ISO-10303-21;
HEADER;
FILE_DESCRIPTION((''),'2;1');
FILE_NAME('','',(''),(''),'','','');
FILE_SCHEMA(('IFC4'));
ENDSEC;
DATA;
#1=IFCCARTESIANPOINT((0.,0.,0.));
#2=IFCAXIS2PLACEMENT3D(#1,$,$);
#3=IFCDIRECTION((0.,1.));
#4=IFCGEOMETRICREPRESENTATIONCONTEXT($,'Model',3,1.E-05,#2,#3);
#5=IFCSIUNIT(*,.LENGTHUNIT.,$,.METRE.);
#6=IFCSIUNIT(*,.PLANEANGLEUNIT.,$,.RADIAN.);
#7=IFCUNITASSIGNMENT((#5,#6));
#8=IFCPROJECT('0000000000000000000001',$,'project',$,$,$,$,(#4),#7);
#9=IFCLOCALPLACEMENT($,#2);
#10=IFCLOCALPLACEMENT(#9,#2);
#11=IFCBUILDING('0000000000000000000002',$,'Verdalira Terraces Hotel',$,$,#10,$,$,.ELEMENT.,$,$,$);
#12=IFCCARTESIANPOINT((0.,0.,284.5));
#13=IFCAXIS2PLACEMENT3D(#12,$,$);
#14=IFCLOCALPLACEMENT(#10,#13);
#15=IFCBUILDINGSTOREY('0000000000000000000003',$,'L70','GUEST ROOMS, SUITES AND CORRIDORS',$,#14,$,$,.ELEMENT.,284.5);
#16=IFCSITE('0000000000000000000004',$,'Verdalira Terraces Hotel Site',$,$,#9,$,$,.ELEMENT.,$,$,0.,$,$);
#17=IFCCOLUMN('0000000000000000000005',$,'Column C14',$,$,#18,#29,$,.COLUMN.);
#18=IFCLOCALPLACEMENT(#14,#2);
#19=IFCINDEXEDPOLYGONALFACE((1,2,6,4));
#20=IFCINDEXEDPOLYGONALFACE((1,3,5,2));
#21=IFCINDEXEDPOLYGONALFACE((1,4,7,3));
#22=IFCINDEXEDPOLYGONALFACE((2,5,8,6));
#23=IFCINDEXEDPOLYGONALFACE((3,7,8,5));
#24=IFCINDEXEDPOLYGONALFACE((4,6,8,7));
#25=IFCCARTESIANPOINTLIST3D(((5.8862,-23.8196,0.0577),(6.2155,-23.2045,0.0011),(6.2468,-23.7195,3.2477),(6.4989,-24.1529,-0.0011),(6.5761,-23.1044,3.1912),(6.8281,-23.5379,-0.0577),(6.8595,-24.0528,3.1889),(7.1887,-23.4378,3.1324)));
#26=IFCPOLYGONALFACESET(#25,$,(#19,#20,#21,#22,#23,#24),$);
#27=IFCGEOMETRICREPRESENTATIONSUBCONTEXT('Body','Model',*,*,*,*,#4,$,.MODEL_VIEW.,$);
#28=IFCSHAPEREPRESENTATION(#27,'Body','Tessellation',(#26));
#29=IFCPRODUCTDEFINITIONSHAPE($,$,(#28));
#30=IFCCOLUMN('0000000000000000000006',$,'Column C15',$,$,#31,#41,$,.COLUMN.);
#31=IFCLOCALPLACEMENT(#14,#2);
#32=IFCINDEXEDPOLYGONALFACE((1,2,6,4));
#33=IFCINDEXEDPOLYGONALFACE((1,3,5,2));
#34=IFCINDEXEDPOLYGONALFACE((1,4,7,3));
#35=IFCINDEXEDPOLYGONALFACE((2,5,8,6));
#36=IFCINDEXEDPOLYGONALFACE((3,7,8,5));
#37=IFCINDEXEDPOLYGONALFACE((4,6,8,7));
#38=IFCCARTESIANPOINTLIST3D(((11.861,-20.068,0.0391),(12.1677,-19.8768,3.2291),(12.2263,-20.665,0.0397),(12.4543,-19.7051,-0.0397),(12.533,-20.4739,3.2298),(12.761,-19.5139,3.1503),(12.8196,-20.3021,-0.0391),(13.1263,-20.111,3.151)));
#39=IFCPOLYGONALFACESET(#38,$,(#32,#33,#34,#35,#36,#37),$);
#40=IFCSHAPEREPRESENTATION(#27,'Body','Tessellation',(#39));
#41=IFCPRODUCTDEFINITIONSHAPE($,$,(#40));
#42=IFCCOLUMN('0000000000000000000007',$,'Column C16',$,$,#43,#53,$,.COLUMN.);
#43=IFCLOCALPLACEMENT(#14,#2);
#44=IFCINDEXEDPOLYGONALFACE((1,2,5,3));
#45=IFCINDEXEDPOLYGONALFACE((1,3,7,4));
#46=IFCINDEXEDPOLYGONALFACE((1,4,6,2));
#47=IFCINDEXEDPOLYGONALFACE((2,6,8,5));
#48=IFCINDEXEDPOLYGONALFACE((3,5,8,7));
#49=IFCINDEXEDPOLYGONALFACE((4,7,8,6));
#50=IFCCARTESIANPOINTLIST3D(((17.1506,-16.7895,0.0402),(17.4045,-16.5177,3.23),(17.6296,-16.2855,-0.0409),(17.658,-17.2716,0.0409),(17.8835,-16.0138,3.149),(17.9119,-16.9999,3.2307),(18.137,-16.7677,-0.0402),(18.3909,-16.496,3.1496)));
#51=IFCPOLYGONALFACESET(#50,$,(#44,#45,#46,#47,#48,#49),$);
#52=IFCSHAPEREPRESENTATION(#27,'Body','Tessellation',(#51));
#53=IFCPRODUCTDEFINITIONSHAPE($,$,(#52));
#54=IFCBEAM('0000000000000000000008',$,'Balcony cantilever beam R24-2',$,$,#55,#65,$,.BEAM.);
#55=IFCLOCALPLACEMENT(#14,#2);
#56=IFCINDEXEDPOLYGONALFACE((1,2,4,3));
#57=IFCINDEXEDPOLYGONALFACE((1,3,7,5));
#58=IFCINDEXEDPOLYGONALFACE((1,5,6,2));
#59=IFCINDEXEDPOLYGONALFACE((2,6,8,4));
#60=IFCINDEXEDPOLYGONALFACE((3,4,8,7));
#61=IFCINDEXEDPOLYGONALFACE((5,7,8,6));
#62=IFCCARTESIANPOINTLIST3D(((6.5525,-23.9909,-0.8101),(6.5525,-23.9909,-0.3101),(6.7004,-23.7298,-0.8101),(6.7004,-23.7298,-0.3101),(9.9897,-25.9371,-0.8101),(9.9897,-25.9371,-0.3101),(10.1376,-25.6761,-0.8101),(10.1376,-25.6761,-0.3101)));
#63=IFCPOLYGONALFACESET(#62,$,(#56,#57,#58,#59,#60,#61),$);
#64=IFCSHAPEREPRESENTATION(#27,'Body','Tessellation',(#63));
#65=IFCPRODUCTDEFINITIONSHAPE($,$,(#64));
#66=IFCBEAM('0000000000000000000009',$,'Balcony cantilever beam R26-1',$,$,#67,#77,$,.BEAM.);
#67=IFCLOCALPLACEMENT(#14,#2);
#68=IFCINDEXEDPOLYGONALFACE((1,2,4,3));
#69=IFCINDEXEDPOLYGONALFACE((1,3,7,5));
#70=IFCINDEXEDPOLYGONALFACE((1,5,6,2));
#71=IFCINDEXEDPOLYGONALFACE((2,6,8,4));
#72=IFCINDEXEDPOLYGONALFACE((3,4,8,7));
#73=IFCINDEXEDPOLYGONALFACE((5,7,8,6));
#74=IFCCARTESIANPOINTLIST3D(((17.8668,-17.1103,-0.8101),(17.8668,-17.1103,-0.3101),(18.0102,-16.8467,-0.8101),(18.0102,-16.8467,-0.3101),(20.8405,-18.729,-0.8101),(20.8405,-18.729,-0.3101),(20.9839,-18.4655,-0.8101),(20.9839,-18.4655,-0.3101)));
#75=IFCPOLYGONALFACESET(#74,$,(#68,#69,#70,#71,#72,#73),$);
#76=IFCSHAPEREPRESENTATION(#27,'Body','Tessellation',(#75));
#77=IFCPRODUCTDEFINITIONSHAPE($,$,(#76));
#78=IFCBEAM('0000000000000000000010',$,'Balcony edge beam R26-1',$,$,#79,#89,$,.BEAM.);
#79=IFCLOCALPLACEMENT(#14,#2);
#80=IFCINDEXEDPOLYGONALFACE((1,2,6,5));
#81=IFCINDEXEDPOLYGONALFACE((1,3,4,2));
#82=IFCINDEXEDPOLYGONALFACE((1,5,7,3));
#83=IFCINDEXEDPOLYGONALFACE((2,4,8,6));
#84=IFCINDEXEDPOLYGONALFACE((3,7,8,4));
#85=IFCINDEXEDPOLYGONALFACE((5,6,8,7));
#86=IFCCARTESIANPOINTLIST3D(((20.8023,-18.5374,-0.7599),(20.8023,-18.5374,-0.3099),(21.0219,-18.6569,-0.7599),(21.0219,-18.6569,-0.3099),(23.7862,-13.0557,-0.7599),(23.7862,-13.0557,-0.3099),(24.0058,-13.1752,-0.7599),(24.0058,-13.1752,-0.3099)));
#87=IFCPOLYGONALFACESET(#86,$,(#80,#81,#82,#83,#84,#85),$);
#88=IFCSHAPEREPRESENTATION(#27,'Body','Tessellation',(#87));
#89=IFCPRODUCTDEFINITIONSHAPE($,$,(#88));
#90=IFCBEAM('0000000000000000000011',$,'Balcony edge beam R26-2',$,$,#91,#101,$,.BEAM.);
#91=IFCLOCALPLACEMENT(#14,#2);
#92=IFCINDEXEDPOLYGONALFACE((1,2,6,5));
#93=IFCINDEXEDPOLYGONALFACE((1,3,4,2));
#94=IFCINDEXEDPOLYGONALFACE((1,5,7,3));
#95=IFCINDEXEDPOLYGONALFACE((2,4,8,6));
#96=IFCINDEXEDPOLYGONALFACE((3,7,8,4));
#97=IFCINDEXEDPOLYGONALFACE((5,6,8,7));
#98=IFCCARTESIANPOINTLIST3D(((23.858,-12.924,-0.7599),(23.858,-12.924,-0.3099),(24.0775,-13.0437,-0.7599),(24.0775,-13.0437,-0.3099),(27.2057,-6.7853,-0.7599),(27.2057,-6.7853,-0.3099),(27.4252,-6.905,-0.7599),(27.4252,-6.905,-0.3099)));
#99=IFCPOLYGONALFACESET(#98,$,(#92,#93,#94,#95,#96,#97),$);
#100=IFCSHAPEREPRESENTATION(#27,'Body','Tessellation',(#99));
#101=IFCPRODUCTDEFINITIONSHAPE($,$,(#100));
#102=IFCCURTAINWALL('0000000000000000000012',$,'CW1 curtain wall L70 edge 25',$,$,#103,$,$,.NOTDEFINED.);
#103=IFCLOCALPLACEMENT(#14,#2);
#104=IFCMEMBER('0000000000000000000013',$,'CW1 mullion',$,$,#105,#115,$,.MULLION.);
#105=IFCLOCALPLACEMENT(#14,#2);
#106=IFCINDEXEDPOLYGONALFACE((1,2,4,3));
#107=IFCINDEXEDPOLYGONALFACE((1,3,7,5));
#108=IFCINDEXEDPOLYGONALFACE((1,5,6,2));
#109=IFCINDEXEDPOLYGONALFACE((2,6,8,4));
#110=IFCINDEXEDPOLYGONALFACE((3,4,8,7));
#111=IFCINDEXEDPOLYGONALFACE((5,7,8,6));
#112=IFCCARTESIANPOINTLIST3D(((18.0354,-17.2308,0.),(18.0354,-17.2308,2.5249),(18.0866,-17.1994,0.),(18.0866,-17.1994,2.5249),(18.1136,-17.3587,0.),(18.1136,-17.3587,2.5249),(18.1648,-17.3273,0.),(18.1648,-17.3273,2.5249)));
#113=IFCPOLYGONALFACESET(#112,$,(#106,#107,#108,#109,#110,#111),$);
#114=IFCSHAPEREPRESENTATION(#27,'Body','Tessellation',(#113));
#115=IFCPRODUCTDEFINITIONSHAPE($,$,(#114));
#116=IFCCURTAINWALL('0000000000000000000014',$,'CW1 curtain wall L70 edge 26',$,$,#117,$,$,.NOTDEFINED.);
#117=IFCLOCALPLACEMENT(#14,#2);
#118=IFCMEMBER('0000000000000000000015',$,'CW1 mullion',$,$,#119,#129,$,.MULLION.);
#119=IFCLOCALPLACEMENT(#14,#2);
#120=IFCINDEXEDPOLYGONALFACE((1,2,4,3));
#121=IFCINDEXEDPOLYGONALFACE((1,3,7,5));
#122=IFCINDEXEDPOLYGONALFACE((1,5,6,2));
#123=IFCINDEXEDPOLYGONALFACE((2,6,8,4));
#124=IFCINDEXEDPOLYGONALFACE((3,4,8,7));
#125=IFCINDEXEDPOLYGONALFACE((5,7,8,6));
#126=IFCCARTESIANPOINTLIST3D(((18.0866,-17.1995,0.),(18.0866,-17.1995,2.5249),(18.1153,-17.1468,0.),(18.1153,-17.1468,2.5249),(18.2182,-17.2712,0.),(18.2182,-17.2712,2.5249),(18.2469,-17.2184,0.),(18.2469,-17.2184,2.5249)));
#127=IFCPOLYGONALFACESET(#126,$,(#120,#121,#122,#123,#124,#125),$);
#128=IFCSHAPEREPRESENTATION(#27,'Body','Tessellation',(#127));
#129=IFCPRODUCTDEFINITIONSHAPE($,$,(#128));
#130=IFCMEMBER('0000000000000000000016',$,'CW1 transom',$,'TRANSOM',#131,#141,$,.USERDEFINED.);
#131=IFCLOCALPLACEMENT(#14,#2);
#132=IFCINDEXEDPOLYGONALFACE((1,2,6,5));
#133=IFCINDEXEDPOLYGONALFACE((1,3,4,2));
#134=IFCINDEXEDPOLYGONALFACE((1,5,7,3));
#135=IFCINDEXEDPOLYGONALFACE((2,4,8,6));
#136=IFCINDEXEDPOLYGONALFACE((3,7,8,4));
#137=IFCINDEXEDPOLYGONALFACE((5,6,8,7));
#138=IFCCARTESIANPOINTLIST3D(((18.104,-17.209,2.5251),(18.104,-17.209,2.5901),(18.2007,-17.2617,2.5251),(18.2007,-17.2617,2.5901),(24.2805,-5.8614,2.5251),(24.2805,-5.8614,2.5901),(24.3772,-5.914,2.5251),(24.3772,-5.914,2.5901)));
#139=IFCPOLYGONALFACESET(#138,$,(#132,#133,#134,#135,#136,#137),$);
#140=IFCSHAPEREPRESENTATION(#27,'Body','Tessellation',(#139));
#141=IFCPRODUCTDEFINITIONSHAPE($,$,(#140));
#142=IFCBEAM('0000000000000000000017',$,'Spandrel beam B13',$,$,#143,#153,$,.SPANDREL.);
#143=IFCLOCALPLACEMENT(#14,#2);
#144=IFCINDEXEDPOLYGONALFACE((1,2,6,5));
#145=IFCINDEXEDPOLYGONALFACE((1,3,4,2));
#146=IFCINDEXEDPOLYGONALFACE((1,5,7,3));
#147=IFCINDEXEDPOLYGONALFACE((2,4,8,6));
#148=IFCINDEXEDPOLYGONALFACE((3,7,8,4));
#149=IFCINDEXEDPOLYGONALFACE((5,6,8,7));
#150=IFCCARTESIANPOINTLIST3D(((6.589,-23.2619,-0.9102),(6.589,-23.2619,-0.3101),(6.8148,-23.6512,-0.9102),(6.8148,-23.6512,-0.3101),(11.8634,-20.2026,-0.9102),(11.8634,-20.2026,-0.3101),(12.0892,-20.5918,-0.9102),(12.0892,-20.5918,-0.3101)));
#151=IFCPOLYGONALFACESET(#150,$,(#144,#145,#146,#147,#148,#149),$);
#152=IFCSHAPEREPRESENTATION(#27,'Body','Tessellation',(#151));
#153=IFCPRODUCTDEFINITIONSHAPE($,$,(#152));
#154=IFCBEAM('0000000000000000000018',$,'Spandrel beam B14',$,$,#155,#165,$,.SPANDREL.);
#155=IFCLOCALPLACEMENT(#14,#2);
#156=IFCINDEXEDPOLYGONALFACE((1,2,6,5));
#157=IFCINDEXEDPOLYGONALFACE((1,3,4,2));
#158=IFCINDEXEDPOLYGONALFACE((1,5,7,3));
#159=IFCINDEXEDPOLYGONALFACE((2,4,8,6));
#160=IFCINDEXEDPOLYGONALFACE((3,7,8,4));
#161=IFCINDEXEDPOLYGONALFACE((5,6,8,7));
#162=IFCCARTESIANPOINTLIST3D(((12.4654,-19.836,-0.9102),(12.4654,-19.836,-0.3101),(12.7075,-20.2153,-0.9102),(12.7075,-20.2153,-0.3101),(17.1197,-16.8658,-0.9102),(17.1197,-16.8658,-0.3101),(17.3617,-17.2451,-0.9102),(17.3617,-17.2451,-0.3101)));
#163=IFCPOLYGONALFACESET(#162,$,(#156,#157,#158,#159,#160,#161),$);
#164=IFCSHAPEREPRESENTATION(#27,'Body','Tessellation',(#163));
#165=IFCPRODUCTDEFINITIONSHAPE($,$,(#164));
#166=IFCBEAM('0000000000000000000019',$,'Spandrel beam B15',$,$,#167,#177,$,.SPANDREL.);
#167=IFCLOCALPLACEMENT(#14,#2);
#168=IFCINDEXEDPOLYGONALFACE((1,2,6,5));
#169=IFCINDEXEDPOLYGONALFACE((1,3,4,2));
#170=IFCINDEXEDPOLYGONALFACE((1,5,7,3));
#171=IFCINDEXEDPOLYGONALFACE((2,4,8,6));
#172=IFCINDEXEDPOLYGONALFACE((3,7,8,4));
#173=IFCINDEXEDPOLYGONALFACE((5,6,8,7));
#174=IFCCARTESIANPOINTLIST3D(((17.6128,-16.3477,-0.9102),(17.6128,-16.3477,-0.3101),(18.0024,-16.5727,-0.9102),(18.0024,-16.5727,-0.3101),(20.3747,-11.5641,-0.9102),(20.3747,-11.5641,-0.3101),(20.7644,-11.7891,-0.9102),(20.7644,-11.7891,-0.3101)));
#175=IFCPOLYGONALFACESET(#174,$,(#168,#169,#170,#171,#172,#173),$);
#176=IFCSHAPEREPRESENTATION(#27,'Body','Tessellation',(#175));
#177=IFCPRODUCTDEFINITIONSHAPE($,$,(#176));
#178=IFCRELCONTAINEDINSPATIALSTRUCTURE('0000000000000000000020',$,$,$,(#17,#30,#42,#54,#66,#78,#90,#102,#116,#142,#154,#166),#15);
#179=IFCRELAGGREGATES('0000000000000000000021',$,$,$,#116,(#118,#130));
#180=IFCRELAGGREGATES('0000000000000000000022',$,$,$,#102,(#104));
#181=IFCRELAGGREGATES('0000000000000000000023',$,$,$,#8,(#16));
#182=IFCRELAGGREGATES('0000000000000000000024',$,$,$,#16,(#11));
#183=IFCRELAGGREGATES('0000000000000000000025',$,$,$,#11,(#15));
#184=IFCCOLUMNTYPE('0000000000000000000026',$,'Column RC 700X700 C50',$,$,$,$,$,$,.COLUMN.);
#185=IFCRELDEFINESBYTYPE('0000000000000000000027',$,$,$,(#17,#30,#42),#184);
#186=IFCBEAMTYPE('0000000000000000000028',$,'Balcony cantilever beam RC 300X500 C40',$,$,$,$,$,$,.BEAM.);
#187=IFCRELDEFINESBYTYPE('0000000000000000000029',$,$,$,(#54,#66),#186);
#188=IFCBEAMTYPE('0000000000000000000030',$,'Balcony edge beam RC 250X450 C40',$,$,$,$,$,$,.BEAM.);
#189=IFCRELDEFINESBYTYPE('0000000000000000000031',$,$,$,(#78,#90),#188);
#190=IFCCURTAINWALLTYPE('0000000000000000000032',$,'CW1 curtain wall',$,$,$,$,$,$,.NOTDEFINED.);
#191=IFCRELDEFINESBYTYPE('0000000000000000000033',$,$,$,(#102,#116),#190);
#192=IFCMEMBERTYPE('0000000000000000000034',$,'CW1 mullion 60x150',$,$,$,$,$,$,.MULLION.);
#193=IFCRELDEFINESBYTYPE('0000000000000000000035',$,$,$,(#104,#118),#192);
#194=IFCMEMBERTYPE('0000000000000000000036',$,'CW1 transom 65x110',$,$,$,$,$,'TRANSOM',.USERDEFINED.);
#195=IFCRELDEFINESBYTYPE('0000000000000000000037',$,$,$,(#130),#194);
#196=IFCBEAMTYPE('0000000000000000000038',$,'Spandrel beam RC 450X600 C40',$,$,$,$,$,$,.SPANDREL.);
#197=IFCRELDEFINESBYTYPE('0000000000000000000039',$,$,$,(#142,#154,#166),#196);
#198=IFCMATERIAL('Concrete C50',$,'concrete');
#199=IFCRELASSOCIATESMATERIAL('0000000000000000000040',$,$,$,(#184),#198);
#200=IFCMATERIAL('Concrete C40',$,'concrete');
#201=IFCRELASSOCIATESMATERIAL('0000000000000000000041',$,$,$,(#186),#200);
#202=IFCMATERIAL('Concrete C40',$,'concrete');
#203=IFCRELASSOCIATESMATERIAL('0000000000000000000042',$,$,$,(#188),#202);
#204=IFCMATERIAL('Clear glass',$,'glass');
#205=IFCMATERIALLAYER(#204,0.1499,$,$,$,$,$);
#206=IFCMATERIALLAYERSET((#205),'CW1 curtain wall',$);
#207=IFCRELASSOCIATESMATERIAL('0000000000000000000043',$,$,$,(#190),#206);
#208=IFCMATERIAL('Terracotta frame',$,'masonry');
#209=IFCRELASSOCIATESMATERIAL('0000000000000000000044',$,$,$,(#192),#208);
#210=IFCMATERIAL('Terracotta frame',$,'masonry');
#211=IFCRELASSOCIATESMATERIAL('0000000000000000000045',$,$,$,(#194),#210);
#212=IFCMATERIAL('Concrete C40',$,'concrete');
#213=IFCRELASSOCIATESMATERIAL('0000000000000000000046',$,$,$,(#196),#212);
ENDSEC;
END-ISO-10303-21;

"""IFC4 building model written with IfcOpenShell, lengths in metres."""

from ifc_helpers import new_model, si_unit, direction, frame, origin, origin_2d, place, context, subcontext, project, spatial, rectangle, extrude, material, layer, layer_set, material_profile, profile_set, type_object, element, aggregate, save


model = new_model("IFC4")

# Units and contexts
model_context = context("Model", 3, precision=1e-05, world=origin(), true_north=direction((0.0, 1.0)))
body_context = subcontext(model_context, "Body", "Model", "MODEL_VIEW")
ifc_project = project(units=[si_unit("LENGTHUNIT", "METRE"), si_unit("PLANEANGLEUNIT", "RADIAN")], contexts=[model_context])

# Site, building, storey
site_placement = place(None, origin())
site = spatial("IfcSite", under=ifc_project, at=site_placement, Name="Verdalira Terraces Hotel Site", CompositionType="ELEMENT", RefElevation=0.0)
building_placement = place(site_placement, origin())
building = spatial("IfcBuilding", under=site, at=building_placement, Name="Verdalira Terraces Hotel", CompositionType="ELEMENT")
storey_placement = place(building_placement, frame((0.0, 0.0, 284.5)))
storey = spatial("IfcBuildingStorey", under=building, at=storey_placement, Name="L70", Description="GUEST ROOMS, SUITES AND CORRIDORS", CompositionType="ELEMENT", Elevation=284.5)

# Columns
ifc_material_1 = material(Name="Concrete C50", Category="concrete")
ifc_material_profile_1 = material_profile(ifc_material_1, rectangle(XDim=0.7, YDim=0.7, at=origin_2d()), Name="RC 700X700")
ifc_profile_set_1 = profile_set([ifc_material_profile_1], Name="Concrete C50")
column_type = type_object("IfcColumnType", Name="Column RC 700X700 C50", PredefinedType="COLUMN", material=ifc_profile_set_1)
column_1_placement = place(storey_placement, frame((6.3572, -23.6787, 0.0), z_axis=(0.112272, 0.031165, 0.993189), x_axis=(-0.470429, -0.878735, 0.080752)))
element("IfcColumn", 1, at=column_1_placement, inside=storey, type_object=column_type, Name="Column C14", PredefinedType="COLUMN", context=body_context, shape_type="SweptSolid", body=[
    extrude(rectangle(XDim=0.7, YDim=0.7, at=origin_2d()), origin(), (0.0, 0.0, 1.0), 3.2119),
])
column_2_placement = place(storey_placement, frame((12.3403, -20.1851, 0.0), z_axis=(0.095516, 0.059546, 0.993645), x_axis=(0.847643, 0.518491, -0.112553)))
element("IfcColumn", 2, at=column_2_placement, inside=storey, type_object=column_type, Name="Column C15", PredefinedType="COLUMN", context=body_context, shape_type="SweptSolid", body=[
    extrude(rectangle(XDim=0.7, YDim=0.7, at=origin_2d()), origin(), (0.0, 0.0, 1.0), 3.2104),
])
column_3_placement = place(storey_placement, frame((17.6438, -16.7786, 0.0), z_axis=(0.07906, 0.08461, 0.993273), x_axis=(-0.684284, -0.719963, 0.115795)))
element("IfcColumn", 3, at=column_3_placement, inside=storey, type_object=column_type, Name="Column C16", PredefinedType="COLUMN", context=body_context, shape_type="SweptSolid", body=[
    extrude(rectangle(XDim=0.7, YDim=0.7, at=origin_2d()), origin(), (0.0, 0.0, 1.0), 3.2114),
])

# Beams
ifc_material_2 = material(Name="Concrete C40", Category="concrete")
ifc_material_profile_2 = material_profile(ifc_material_2, rectangle(XDim=0.3, YDim=0.5, at=origin_2d()), Name="RC 300X500")
ifc_profile_set_2 = profile_set([ifc_material_profile_2], Name="Concrete C40")
beam_type_1 = type_object("IfcBeamType", Name="Balcony cantilever beam RC 300X500 C40", PredefinedType="BEAM", material=ifc_profile_set_2)
beam_1_placement = place(storey_placement, frame((6.6265, -23.8604, -0.5601), z_axis=(0.870184, -0.492727, 0.0), x_axis=(0.492727, 0.870184, 0.0)))
element("IfcBeam", 4, at=beam_1_placement, inside=storey, type_object=beam_type_1, Name="Balcony cantilever beam R24-2", PredefinedType="BEAM", context=body_context, shape_type="SweptSolid", body=[
    extrude(rectangle(XDim=0.3, YDim=0.5, at=origin_2d()), origin(), (0.0, 0.0, 1.0), 3.95),
])
beam_2_placement = place(storey_placement, frame((17.9385, -16.9785, -0.5601), z_axis=(0.878309, -0.478094, 0.0), x_axis=(0.478094, 0.878309, 0.0)))
element("IfcBeam", 5, at=beam_2_placement, inside=storey, type_object=beam_type_1, Name="Balcony cantilever beam R26-1", PredefinedType="BEAM", context=body_context, shape_type="SweptSolid", body=[
    extrude(rectangle(XDim=0.3, YDim=0.5, at=origin_2d()), origin(), (0.0, 0.0, 1.0), 3.3857),
])
ifc_material_3 = material(Name="Concrete C40", Category="concrete")
ifc_material_profile_3 = material_profile(ifc_material_3, rectangle(XDim=0.25, YDim=0.45, at=origin_2d()), Name="RC 250X450")
ifc_profile_set_3 = profile_set([ifc_material_profile_3], Name="Concrete C40")
beam_type_2 = type_object("IfcBeamType", Name="Balcony edge beam RC 250X450 C40", PredefinedType="BEAM", material=ifc_profile_set_3)
beam_3_placement = place(storey_placement, frame((20.9121, -18.5972, -0.5349), z_axis=(0.478096, 0.878308, 0.0), x_axis=(-0.878308, 0.478096, 0.0)))
element("IfcBeam", 6, at=beam_3_placement, inside=storey, type_object=beam_type_2, Name="Balcony edge beam R26-1", PredefinedType="BEAM", context=body_context, shape_type="SweptSolid", body=[
    extrude(rectangle(XDim=0.25, YDim=0.45, at=origin_2d()), origin(), (0.0, 0.0, 1.0), 6.2412),
])
beam_4_placement = place(storey_placement, frame((23.9678, -12.9839, -0.5349), z_axis=(0.478774, 0.877938, 0.0), x_axis=(-0.877938, 0.478774, 0.0)))
element("IfcBeam", 7, at=beam_4_placement, inside=storey, type_object=beam_type_2, Name="Balcony edge beam R26-2", PredefinedType="BEAM", context=body_context, shape_type="SweptSolid", body=[
    extrude(rectangle(XDim=0.25, YDim=0.45, at=origin_2d()), origin(), (0.0, 0.0, 1.0), 6.9922),
])

# Curtain wall, member
ifc_material_4 = material(Name="Clear glass", Category="glass")
ifc_layer_1 = layer(ifc_material_4, 0.1499)
ifc_layer_set_1 = layer_set([ifc_layer_1], Name="CW1 curtain wall")
curtain_wall_type = type_object("IfcCurtainWallType", Name="CW1 curtain wall", PredefinedType="NOTDEFINED", material=ifc_layer_set_1)
curtain_wall_1_placement = place(storey_placement, origin())
curtain_wall_1 = element("IfcCurtainWall", 8, at=curtain_wall_1_placement, inside=storey, type_object=curtain_wall_type, Name="CW1 curtain wall L70 edge 25", PredefinedType="NOTDEFINED")
ifc_material_5 = material(Name="Terracotta frame", Category="masonry")
ifc_material_profile_4 = material_profile(ifc_material_5, rectangle(XDim=0.0601, YDim=0.1499, at=origin_2d()), Name="MU 60x150")
ifc_profile_set_4 = profile_set([ifc_material_profile_4], Name="Terracotta frame")
member_type_1 = type_object("IfcMemberType", Name="CW1 mullion 60x150", PredefinedType="MULLION", material=ifc_profile_set_4)
member_1_placement = place(storey_placement, frame((18.1001, -17.2791, 0.0), z_axis=(0.0, 0.0, 1.0), x_axis=(0.853187, 0.521605, 0.0)))
member_1 = element("IfcMember", 9, at=member_1_placement, type_object=member_type_1, Name="CW1 mullion", PredefinedType="MULLION", context=body_context, shape_type="SweptSolid", body=[
    extrude(rectangle(XDim=0.0601, YDim=0.1499, at=origin_2d()), origin(), (0.0, 0.0, 1.0), 2.5249),
])

# Curtain wall, members
curtain_wall_2_placement = place(storey_placement, origin())
curtain_wall_2 = element("IfcCurtainWall", 10, at=curtain_wall_2_placement, inside=storey, type_object=curtain_wall_type, Name="CW1 curtain wall L70 edge 26", PredefinedType="NOTDEFINED")
member_2_placement = place(storey_placement, frame((18.1667, -17.209, 0.0), z_axis=(0.0, 0.0, 1.0), x_axis=(0.478079, 0.878317, 0.0)))
member_2 = element("IfcMember", 11, at=member_2_placement, type_object=member_type_1, Name="CW1 mullion", PredefinedType="MULLION", context=body_context, shape_type="SweptSolid", body=[
    extrude(rectangle(XDim=0.0601, YDim=0.1499, at=origin_2d()), origin(), (0.0, 0.0, 1.0), 2.5249),
])
ifc_material_6 = material(Name="Terracotta frame", Category="masonry")
ifc_material_profile_5 = material_profile(ifc_material_6, rectangle(XDim=0.1101, YDim=0.0649, at=origin_2d()), Name="TR 65x110")
ifc_profile_set_5 = profile_set([ifc_material_profile_5], Name="Terracotta frame")
member_type_2 = type_object("IfcMemberType", Name="CW1 transom 65x110", ElementType="TRANSOM", PredefinedType="USERDEFINED", material=ifc_profile_set_5)
member_3_placement = place(storey_placement, frame((18.1523, -17.2354, 2.5576), z_axis=(0.478069, 0.878322, 0.0), x_axis=(-0.878322, 0.478069, 0.0)))
member_3 = element("IfcMember", 12, at=member_3_placement, type_object=member_type_2, Name="CW1 transom", ObjectType="TRANSOM", PredefinedType="USERDEFINED", context=body_context, shape_type="SweptSolid", body=[
    extrude(rectangle(XDim=0.1101, YDim=0.0649, at=origin_2d()), origin(), (0.0, 0.0, 1.0), 12.9197),
])
aggregate(curtain_wall_2, [member_2, member_3])

# Beams
ifc_material_7 = material(Name="Concrete C40", Category="concrete")
ifc_material_profile_6 = material_profile(ifc_material_7, rectangle(XDim=0.45, YDim=0.6001, at=origin_2d()), Name="RC 450X600")
ifc_profile_set_6 = profile_set([ifc_material_profile_6], Name="Concrete C40")
beam_type_3 = type_object("IfcBeamType", Name="Spandrel beam RC 450X600 C40", PredefinedType="SPANDREL", material=ifc_profile_set_6)
beam_5_placement = place(storey_placement, frame((6.7019, -23.4565, -0.6101), z_axis=(0.865019, 0.501738, 0.0), x_axis=(-0.501738, 0.865019, 0.0)))
element("IfcBeam", 13, at=beam_5_placement, inside=storey, type_object=beam_type_3, Name="Spandrel beam B13", PredefinedType="SPANDREL", context=body_context, shape_type="SweptSolid", body=[
    extrude(rectangle(XDim=0.45, YDim=0.6001, at=origin_2d()), origin(), (0.0, 0.0, 1.0), 6.0974),
])
beam_6_placement = place(storey_placement, frame((12.5864, -20.0256, -0.6101), z_axis=(0.842973, 0.537957, 0.0), x_axis=(-0.537957, 0.842973, 0.0)))
element("IfcBeam", 14, at=beam_6_placement, inside=storey, type_object=beam_type_3, Name="Spandrel beam B14", PredefinedType="SPANDREL", context=body_context, shape_type="SweptSolid", body=[
    extrude(rectangle(XDim=0.45, YDim=0.6001, at=origin_2d()), origin(), (0.0, 0.0, 1.0), 5.5212),
])
beam_7_placement = place(storey_placement, frame((17.8076, -16.4602, -0.6101), z_axis=(0.500013, 0.866018, 0.0), x_axis=(-0.866018, 0.500013, 0.0)))
element("IfcBeam", 15, at=beam_7_placement, inside=storey, type_object=beam_type_3, Name="Spandrel beam B15", PredefinedType="SPANDREL", context=body_context, shape_type="SweptSolid", body=[
    extrude(rectangle(XDim=0.45, YDim=0.6001, at=origin_2d()), origin(), (0.0, 0.0, 1.0), 5.5237),
])

aggregate(curtain_wall_1, [member_1])

save(model, "model.ifc")
